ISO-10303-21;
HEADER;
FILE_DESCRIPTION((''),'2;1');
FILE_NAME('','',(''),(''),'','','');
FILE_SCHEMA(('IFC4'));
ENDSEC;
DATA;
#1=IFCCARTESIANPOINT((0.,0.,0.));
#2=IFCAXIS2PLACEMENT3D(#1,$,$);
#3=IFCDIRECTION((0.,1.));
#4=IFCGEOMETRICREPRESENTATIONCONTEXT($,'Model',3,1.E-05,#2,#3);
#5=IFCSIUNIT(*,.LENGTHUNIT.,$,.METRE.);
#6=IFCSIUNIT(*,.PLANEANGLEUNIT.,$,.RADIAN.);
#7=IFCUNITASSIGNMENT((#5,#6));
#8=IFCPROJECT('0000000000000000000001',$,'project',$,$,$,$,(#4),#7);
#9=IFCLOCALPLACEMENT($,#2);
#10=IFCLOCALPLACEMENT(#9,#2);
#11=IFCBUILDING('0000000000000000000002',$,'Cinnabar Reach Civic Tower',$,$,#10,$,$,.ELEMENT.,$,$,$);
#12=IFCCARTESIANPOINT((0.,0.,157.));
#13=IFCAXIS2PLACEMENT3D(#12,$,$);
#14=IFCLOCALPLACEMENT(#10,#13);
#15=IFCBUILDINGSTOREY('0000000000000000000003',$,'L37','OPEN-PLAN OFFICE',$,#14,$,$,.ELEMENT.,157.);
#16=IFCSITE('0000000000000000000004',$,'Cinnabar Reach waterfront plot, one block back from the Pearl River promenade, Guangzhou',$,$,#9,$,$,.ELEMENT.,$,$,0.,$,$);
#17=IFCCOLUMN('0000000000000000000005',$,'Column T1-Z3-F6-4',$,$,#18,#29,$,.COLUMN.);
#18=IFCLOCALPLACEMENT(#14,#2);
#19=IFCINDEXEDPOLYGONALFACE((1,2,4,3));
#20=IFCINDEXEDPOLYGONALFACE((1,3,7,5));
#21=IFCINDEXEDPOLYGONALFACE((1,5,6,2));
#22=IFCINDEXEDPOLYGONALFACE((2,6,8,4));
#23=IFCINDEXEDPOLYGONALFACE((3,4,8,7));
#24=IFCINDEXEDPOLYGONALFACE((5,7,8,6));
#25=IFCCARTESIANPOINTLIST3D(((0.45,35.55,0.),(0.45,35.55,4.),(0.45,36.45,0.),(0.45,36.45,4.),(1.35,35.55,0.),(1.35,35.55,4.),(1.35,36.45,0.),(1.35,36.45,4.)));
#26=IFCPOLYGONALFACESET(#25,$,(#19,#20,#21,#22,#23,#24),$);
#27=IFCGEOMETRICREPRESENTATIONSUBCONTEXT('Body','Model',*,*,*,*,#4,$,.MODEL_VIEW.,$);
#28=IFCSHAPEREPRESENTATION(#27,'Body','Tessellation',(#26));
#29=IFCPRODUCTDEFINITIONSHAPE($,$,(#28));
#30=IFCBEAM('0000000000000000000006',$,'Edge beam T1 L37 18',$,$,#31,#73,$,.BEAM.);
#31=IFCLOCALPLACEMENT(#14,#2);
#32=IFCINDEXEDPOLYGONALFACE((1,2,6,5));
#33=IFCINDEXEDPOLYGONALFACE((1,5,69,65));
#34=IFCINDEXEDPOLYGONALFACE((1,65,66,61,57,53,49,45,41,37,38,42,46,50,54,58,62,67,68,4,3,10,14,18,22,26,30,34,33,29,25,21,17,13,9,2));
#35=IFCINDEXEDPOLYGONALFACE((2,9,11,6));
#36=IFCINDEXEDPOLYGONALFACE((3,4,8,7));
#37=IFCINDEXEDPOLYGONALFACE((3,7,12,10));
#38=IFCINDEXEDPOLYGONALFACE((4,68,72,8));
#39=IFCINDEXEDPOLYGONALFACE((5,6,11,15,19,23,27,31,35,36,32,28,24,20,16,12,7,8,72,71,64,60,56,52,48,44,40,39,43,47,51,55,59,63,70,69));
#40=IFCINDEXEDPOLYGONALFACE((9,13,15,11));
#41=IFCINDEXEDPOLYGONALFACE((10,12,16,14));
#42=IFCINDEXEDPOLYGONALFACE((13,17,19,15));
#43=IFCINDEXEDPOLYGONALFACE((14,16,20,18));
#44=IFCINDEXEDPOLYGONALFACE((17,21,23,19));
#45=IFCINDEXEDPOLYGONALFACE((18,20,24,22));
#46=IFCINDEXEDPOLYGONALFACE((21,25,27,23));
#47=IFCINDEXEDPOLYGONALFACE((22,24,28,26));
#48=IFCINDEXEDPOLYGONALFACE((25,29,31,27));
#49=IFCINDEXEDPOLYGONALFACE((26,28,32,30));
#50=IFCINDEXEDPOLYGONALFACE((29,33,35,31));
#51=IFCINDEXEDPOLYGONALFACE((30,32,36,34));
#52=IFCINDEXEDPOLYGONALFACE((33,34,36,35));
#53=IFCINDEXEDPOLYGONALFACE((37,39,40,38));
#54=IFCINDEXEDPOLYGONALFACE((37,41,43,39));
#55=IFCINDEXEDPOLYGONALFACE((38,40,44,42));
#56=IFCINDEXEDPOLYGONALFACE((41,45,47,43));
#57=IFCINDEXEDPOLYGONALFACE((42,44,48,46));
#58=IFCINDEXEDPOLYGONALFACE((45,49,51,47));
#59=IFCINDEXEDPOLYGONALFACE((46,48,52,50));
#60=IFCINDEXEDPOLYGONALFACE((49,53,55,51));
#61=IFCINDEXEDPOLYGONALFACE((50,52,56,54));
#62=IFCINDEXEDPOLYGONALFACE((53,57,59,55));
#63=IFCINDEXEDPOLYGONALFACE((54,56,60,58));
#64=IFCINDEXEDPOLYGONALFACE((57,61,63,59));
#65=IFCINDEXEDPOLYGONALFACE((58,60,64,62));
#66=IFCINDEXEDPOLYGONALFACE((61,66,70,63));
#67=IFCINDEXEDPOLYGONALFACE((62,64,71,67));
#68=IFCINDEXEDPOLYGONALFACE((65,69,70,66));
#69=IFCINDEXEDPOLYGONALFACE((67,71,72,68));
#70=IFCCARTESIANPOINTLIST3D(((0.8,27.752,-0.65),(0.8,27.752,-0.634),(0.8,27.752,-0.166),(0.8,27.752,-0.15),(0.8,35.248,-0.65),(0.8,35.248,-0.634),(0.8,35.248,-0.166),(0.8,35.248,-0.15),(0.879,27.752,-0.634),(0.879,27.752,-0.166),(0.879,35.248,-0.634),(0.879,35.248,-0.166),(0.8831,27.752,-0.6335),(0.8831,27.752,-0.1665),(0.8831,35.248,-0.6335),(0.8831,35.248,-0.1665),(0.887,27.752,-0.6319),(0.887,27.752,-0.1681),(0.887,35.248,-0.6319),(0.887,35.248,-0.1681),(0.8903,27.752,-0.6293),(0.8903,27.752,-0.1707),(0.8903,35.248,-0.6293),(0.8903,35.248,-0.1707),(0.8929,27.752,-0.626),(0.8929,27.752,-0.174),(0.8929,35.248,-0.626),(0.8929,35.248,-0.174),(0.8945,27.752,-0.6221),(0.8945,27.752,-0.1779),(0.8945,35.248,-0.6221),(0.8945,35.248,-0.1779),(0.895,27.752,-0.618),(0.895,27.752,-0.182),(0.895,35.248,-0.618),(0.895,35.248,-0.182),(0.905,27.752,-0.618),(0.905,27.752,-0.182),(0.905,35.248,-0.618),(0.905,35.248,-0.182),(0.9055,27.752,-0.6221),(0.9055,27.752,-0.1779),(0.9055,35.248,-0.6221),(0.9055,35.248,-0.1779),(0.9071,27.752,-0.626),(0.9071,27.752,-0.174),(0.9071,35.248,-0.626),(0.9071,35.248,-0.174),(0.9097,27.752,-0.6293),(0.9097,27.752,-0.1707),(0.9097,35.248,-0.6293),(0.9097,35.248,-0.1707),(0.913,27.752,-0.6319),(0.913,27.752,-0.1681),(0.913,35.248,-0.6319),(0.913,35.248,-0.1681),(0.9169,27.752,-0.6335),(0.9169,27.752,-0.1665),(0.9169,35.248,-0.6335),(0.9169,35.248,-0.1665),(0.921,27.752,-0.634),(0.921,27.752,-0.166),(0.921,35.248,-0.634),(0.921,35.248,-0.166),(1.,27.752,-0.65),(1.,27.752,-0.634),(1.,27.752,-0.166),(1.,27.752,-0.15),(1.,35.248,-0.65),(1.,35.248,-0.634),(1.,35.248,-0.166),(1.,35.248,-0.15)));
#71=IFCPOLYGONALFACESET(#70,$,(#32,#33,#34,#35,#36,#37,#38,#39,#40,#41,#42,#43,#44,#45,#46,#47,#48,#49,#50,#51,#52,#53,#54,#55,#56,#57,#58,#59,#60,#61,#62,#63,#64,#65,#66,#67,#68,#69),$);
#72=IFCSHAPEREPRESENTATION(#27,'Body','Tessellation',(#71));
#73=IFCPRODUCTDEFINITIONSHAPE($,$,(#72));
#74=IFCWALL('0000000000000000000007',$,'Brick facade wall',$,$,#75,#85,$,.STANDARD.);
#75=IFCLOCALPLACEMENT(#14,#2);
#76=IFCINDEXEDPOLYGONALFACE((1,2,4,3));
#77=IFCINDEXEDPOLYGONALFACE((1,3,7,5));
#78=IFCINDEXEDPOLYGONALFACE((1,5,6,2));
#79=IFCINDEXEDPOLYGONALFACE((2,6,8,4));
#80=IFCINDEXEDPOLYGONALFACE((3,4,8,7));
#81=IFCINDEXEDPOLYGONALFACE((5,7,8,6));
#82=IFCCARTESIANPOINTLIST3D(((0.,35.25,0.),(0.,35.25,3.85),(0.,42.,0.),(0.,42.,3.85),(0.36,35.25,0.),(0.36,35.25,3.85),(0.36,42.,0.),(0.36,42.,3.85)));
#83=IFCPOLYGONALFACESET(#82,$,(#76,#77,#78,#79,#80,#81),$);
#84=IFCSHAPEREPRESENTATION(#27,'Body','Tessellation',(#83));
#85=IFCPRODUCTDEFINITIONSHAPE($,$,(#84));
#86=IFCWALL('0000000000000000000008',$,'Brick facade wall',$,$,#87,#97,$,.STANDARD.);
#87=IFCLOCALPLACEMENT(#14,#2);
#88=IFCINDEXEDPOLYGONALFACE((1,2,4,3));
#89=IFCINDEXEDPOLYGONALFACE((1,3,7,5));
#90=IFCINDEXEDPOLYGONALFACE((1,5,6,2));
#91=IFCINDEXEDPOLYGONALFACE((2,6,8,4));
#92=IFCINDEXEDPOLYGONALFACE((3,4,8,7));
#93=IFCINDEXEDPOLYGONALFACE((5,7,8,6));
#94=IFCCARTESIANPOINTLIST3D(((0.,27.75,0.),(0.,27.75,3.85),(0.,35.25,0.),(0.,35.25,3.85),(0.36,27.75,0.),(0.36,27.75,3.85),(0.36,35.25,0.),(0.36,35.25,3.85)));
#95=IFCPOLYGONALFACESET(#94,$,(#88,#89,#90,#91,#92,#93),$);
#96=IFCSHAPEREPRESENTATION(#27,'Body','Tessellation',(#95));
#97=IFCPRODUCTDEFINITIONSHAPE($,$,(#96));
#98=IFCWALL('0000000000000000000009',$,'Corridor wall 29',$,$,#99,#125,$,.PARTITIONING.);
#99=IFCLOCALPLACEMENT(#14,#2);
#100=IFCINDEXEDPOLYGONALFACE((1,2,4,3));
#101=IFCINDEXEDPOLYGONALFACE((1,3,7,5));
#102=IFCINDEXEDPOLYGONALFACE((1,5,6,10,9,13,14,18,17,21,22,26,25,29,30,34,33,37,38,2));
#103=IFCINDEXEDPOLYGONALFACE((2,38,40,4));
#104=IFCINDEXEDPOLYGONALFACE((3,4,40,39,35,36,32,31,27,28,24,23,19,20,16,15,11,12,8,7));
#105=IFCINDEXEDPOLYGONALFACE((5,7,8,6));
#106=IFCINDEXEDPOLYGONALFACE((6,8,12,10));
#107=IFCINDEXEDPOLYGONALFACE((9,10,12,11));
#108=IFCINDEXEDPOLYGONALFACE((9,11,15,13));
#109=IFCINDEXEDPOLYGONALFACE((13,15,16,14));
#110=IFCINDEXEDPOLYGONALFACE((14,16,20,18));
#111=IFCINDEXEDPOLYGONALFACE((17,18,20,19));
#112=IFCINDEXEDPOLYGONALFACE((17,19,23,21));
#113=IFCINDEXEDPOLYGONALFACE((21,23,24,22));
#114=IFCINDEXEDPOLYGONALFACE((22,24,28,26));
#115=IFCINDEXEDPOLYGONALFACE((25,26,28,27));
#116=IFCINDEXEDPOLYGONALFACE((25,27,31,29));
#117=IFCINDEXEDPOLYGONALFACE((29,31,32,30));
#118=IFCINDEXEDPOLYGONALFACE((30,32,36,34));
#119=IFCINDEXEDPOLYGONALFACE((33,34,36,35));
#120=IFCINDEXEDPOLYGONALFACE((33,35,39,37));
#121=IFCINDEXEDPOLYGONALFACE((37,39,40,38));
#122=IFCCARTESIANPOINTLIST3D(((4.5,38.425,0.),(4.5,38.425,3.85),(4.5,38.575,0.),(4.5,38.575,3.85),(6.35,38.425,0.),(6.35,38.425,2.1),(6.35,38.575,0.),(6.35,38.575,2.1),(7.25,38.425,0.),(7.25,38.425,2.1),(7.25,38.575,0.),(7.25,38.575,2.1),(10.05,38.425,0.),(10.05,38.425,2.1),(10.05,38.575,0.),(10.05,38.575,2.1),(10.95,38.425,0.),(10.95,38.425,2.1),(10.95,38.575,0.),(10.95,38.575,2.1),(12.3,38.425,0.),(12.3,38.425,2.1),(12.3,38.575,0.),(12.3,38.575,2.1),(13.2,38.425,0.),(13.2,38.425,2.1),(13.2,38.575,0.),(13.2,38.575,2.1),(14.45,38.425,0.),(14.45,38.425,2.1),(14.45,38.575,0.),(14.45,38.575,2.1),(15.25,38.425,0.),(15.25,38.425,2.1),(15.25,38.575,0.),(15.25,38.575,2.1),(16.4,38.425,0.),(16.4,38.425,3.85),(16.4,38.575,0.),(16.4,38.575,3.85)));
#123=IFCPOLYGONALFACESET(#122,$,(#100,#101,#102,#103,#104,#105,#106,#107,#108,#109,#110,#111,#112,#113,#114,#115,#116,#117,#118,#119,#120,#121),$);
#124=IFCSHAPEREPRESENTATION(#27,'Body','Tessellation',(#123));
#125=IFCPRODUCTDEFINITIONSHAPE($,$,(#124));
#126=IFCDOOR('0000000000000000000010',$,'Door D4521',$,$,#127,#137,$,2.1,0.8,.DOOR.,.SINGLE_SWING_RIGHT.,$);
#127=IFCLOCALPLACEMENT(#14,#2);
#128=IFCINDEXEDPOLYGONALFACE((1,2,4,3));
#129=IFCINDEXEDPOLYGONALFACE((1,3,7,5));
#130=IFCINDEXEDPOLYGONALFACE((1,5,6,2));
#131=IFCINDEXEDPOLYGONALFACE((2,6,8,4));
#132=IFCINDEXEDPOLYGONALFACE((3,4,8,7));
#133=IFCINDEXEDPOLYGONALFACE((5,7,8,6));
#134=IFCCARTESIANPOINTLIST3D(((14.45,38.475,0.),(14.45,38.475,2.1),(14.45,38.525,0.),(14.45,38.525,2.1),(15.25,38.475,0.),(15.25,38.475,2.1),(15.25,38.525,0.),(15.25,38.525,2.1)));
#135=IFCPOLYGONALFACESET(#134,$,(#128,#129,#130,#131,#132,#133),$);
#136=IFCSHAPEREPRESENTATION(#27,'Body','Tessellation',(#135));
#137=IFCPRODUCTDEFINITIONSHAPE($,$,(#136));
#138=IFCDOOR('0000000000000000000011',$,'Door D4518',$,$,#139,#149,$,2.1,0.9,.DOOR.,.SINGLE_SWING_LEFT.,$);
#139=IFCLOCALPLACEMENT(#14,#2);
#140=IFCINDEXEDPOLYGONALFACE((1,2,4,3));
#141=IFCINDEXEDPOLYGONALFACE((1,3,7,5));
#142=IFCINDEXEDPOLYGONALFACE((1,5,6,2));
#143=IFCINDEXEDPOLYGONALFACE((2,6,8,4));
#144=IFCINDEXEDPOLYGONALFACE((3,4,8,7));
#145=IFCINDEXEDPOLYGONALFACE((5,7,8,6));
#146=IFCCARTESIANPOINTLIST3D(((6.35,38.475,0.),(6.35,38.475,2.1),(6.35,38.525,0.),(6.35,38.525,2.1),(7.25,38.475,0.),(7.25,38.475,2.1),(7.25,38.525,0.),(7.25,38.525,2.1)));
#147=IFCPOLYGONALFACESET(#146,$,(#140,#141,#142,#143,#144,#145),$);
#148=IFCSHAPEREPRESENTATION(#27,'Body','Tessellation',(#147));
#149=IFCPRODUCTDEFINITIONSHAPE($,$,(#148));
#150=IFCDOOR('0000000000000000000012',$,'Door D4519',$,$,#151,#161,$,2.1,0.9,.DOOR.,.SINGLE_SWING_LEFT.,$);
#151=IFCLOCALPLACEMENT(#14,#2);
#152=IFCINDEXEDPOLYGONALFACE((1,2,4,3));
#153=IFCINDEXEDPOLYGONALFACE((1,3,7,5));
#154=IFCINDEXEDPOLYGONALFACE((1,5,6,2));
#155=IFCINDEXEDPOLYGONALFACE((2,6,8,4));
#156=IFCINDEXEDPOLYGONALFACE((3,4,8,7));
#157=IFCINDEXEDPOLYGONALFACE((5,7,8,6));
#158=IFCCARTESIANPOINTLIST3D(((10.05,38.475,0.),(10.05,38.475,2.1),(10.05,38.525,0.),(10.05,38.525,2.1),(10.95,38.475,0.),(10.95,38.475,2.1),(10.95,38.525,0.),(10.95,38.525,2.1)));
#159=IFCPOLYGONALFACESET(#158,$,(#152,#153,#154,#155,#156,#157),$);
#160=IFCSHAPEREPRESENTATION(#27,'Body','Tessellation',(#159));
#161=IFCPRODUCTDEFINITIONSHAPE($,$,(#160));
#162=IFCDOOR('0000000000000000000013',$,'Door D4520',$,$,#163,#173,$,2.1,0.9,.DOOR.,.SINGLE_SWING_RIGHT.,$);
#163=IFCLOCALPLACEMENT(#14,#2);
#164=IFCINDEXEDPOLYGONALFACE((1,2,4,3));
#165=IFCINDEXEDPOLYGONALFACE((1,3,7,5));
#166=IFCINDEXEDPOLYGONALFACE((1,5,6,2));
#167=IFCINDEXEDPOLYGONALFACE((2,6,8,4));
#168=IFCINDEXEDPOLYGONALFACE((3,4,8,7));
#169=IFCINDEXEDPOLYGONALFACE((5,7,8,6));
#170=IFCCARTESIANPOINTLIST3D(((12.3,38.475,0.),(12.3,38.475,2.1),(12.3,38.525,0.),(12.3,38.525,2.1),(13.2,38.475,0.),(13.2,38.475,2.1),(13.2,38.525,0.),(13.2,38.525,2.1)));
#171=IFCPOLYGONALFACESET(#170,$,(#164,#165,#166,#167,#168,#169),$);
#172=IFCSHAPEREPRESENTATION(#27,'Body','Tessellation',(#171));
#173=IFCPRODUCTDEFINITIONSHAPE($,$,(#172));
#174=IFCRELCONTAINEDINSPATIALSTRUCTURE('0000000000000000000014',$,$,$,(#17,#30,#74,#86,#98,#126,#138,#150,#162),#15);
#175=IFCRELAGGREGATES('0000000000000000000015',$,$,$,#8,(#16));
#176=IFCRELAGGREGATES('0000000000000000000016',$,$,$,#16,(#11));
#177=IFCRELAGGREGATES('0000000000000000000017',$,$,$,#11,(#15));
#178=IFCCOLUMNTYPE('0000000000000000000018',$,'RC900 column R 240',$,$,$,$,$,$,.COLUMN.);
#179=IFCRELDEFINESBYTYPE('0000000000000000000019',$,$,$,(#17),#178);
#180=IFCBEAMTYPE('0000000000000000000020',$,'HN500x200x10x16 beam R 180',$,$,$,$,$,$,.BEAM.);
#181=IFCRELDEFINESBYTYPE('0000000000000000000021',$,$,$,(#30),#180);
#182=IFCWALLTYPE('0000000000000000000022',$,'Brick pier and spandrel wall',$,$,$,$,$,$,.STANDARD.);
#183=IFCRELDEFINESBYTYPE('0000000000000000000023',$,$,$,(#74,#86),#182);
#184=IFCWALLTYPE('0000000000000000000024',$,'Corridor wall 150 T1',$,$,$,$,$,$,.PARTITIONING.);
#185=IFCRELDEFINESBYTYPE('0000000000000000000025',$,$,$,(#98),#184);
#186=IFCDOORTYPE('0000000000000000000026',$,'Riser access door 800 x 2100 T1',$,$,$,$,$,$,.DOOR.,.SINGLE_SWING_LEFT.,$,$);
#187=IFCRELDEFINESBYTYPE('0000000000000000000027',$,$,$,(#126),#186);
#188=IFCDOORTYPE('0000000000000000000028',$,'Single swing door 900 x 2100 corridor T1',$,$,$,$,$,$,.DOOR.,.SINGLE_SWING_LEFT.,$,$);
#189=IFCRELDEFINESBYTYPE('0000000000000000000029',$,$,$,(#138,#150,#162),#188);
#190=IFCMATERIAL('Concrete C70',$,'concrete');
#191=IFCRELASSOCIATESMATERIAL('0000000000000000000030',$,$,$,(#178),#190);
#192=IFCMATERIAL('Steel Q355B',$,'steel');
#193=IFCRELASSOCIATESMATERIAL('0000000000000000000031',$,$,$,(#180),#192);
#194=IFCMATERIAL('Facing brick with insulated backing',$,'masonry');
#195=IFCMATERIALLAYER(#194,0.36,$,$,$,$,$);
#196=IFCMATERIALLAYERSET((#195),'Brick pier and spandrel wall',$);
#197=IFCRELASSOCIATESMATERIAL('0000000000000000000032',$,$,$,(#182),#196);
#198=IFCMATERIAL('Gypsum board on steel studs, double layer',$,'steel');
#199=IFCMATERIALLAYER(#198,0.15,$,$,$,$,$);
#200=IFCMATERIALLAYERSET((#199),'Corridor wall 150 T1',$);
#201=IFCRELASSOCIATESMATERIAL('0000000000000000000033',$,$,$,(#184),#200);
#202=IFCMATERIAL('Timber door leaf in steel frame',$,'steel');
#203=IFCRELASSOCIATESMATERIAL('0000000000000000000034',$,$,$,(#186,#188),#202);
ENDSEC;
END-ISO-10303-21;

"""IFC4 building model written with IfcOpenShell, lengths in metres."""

from ifc_helpers import new_model, si_unit, direction, frame, frame_2d, origin, origin_2d, place, context, subcontext, project, spatial, rectangle, i_section, extrude, material, layer, layer_set, material_profile, profile_set, type_object, element, fill, save


model = new_model("IFC4")

# Units and contexts
model_context = context("Model", 3, precision=1e-05, world=origin(), true_north=direction((0.0, 1.0)))
body_context = subcontext(model_context, "Body", "Model", "MODEL_VIEW")
ifc_project = project(units=[si_unit("LENGTHUNIT", "METRE"), si_unit("PLANEANGLEUNIT", "RADIAN")], contexts=[model_context])

# Site, building, storey
site_placement = place(None, origin())
site = spatial("IfcSite", under=ifc_project, at=site_placement, Name="Cinnabar Reach waterfront plot, one block back from the Pearl River promenade, Guangzhou", CompositionType="ELEMENT", RefElevation=0.0)
building_placement = place(site_placement, origin())
building = spatial("IfcBuilding", under=site, at=building_placement, Name="Cinnabar Reach Civic Tower", CompositionType="ELEMENT")
storey_placement = place(building_placement, frame((0.0, 0.0, 157.0)))
storey = spatial("IfcBuildingStorey", under=building, at=storey_placement, Name="L37", Description="OPEN-PLAN OFFICE", CompositionType="ELEMENT", Elevation=157.0)

# Column
ifc_material_1 = material(Name="Concrete C70", Category="concrete")
ifc_material_profile_1 = material_profile(ifc_material_1, rectangle(XDim=0.9, YDim=0.9, at=origin_2d()), Name="RC900")
ifc_profile_set_1 = profile_set([ifc_material_profile_1], Name="Concrete C70")
column_type = type_object("IfcColumnType", Name="RC900 column R 240", PredefinedType="COLUMN", material=ifc_profile_set_1)
column_placement = place(storey_placement, frame((0.9, 36.0, 0.0), z_axis=(0.0, 0.0, 1.0), x_axis=(1.0, 0.0, 0.0)))
element("IfcColumn", 1, at=column_placement, inside=storey, type_object=column_type, Name="Column T1-Z3-F6-4", PredefinedType="COLUMN", context=body_context, shape_type="SweptSolid", body=[
    extrude(rectangle(XDim=0.9, YDim=0.9, at=origin_2d()), origin(), (0.0, 0.0, 1.0), 4.0),
])

# Beam
ifc_material_2 = material(Name="Steel Q355B", Category="steel")
ifc_material_profile_2 = material_profile(ifc_material_2, i_section(OverallWidth=0.2, OverallDepth=0.5, WebThickness=0.01, FlangeThickness=0.016, FilletRadius=0.016, at=origin_2d()), Name="HN500x200x10x16")
ifc_profile_set_2 = profile_set([ifc_material_profile_2], Name="Steel Q355B")
beam_type = type_object("IfcBeamType", Name="HN500x200x10x16 beam R 180", PredefinedType="BEAM", material=ifc_profile_set_2)
beam_placement = place(storey_placement, frame((0.9, 35.248, -0.4), z_axis=(0.0, -1.0, 0.0), x_axis=(1.0, 0.0, 0.0)))
element("IfcBeam", 2, at=beam_placement, inside=storey, type_object=beam_type, Name="Edge beam T1 L37 18", PredefinedType="BEAM", context=body_context, shape_type="SweptSolid", body=[
    extrude(i_section(OverallWidth=0.2, OverallDepth=0.5, WebThickness=0.01, FlangeThickness=0.016, FilletRadius=0.016, at=origin_2d()), origin(), (0.0, 0.0, 1.0), 7.496),
])

# Walls
ifc_material_3 = material(Name="Facing brick with insulated backing", Category="masonry")
ifc_layer_1 = layer(ifc_material_3, 0.36)
ifc_layer_set_1 = layer_set([ifc_layer_1], Name="Brick pier and spandrel wall")
wall_type_1 = type_object("IfcWallType", Name="Brick pier and spandrel wall", PredefinedType="STANDARD", material=ifc_layer_set_1)
wall_1_placement = place(storey_placement, frame((0.18, 42.0, 0.0), z_axis=(0.0, 0.0, 1.0), x_axis=(0.0, -1.0, 0.0)))
element("IfcWall", 3, at=wall_1_placement, inside=storey, type_object=wall_type_1, Name="Brick facade wall", PredefinedType="STANDARD", context=body_context, shape_type="SweptSolid", body=[
    extrude(rectangle(XDim=6.75, YDim=0.36, at=frame_2d((3.375, 0.0))), origin(), (0.0, 0.0, 1.0), 3.85),
])
wall_2_placement = place(storey_placement, frame((0.18, 35.25, 0.0), z_axis=(0.0, 0.0, 1.0), x_axis=(0.0, -1.0, 0.0)))
element("IfcWall", 4, at=wall_2_placement, inside=storey, type_object=wall_type_1, Name="Brick facade wall", PredefinedType="STANDARD", context=body_context, shape_type="SweptSolid", body=[
    extrude(rectangle(XDim=7.5, YDim=0.36, at=frame_2d((3.75, 0.0))), origin(), (0.0, 0.0, 1.0), 3.85),
])

# Wall, openings, doors
ifc_material_4 = material(Name="Gypsum board on steel studs, double layer", Category="steel")
ifc_layer_2 = layer(ifc_material_4, 0.15)
ifc_layer_set_2 = layer_set([ifc_layer_2], Name="Corridor wall 150 T1")
wall_type_2 = type_object("IfcWallType", Name="Corridor wall 150 T1", PredefinedType="PARTITIONING", material=ifc_layer_set_2)
wall_3_placement = place(storey_placement, frame((4.5, 38.5, 0.0), z_axis=(0.0, 0.0, 1.0), x_axis=(1.0, 0.0, 0.0)))
wall_3 = element("IfcWall", 5, at=wall_3_placement, inside=storey, type_object=wall_type_2, Name="Corridor wall 29", PredefinedType="PARTITIONING", context=body_context, shape_type="SweptSolid", body=[
    extrude(rectangle(XDim=11.9, YDim=0.15, at=frame_2d((5.95, 0.0))), origin(), (0.0, 0.0, 1.0), 3.85),
])
opening_1_placement = place(wall_3_placement, frame((1.85, 0.0, 0.0)))
opening_1 = element("IfcOpeningElement", 6, at=opening_1_placement, cuts=wall_3, PredefinedType="OPENING", context=body_context, shape_type="SweptSolid", body=[
    extrude(rectangle(XDim=0.9, YDim=2.1, at=frame_2d((0.45, 1.05))), frame((0.0, 0.085, 0.0), z_axis=(0.0, -1.0, 0.0), x_axis=(1.0, 0.0, 0.0)), (0.0, 0.0, 1.0), 0.17),
])
opening_2_placement = place(wall_3_placement, frame((5.55, 0.0, 0.0)))
opening_2 = element("IfcOpeningElement", 7, at=opening_2_placement, cuts=wall_3, PredefinedType="OPENING", context=body_context, shape_type="SweptSolid", body=[
    extrude(rectangle(XDim=0.9, YDim=2.1, at=frame_2d((0.45, 1.05))), frame((0.0, 0.085, 0.0), z_axis=(0.0, -1.0, 0.0), x_axis=(1.0, 0.0, 0.0)), (0.0, 0.0, 1.0), 0.17),
])
opening_3_placement = place(wall_3_placement, frame((7.8, 0.0, 0.0)))
opening_3 = element("IfcOpeningElement", 8, at=opening_3_placement, cuts=wall_3, PredefinedType="OPENING", context=body_context, shape_type="SweptSolid", body=[
    extrude(rectangle(XDim=0.9, YDim=2.1, at=frame_2d((0.45, 1.05))), frame((0.0, 0.085, 0.0), z_axis=(0.0, -1.0, 0.0), x_axis=(1.0, 0.0, 0.0)), (0.0, 0.0, 1.0), 0.17),
])
opening_4_placement = place(wall_3_placement, frame((9.95, 0.0, 0.0)))
opening_4 = element("IfcOpeningElement", 9, at=opening_4_placement, cuts=wall_3, PredefinedType="OPENING", context=body_context, shape_type="SweptSolid", body=[
    extrude(rectangle(XDim=0.8, YDim=2.1, at=frame_2d((0.4, 1.05))), frame((0.0, 0.085, 0.0), z_axis=(0.0, -1.0, 0.0), x_axis=(1.0, 0.0, 0.0)), (0.0, 0.0, 1.0), 0.17),
])
ifc_material_5 = material(Name="Timber door leaf in steel frame", Category="steel")
door_type_1 = type_object("IfcDoorType", Name="Riser access door 800 x 2100 T1", OperationType="SINGLE_SWING_LEFT", PredefinedType="DOOR", material=ifc_material_5)
door_1_placement = place(opening_4_placement, origin())
door_1 = element("IfcDoor", 10, at=door_1_placement, inside=storey, type_object=door_type_1, Name="Door D4521", OperationType="SINGLE_SWING_RIGHT", OverallHeight=2.1, OverallWidth=0.8, PredefinedType="DOOR", context=body_context, shape_type="SweptSolid", body=[
    extrude(rectangle(XDim=0.8, YDim=2.1, at=frame_2d((0.4, 1.05))), frame((0.0, 0.025, 0.0), z_axis=(0.0, -1.0, 0.0), x_axis=(1.0, 0.0, 0.0)), (0.0, 0.0, 1.0), 0.05),
])
fill(opening_4, door_1)
door_type_2 = type_object("IfcDoorType", Name="Single swing door 900 x 2100 corridor T1", OperationType="SINGLE_SWING_LEFT", PredefinedType="DOOR", material=ifc_material_5)
door_2_placement = place(opening_1_placement, origin())
door_2 = element("IfcDoor", 11, at=door_2_placement, inside=storey, type_object=door_type_2, Name="Door D4518", OperationType="SINGLE_SWING_LEFT", OverallHeight=2.1, OverallWidth=0.9, PredefinedType="DOOR", context=body_context, shape_type="SweptSolid", body=[
    extrude(rectangle(XDim=0.9, YDim=2.1, at=frame_2d((0.45, 1.05))), frame((0.0, 0.025, 0.0), z_axis=(0.0, -1.0, 0.0), x_axis=(1.0, 0.0, 0.0)), (0.0, 0.0, 1.0), 0.05),
])
fill(opening_1, door_2)
door_3_placement = place(opening_2_placement, origin())
door_3 = element("IfcDoor", 12, at=door_3_placement, inside=storey, type_object=door_type_2, Name="Door D4519", OperationType="SINGLE_SWING_LEFT", OverallHeight=2.1, OverallWidth=0.9, PredefinedType="DOOR", context=body_context, shape_type="SweptSolid", body=[
    extrude(rectangle(XDim=0.9, YDim=2.1, at=frame_2d((0.45, 1.05))), frame((0.0, 0.025, 0.0), z_axis=(0.0, -1.0, 0.0), x_axis=(1.0, 0.0, 0.0)), (0.0, 0.0, 1.0), 0.05),
])
fill(opening_2, door_3)
door_4_placement = place(opening_3_placement, origin())
door_4 = element("IfcDoor", 13, at=door_4_placement, inside=storey, type_object=door_type_2, Name="Door D4520", OperationType="SINGLE_SWING_RIGHT", OverallHeight=2.1, OverallWidth=0.9, PredefinedType="DOOR", context=body_context, shape_type="SweptSolid", body=[
    extrude(rectangle(XDim=0.9, YDim=2.1, at=frame_2d((0.45, 1.05))), frame((0.0, 0.025, 0.0), z_axis=(0.0, -1.0, 0.0), x_axis=(1.0, 0.0, 0.0)), (0.0, 0.0, 1.0), 0.05),
])
fill(opening_3, door_4)

save(model, "model.ifc")
